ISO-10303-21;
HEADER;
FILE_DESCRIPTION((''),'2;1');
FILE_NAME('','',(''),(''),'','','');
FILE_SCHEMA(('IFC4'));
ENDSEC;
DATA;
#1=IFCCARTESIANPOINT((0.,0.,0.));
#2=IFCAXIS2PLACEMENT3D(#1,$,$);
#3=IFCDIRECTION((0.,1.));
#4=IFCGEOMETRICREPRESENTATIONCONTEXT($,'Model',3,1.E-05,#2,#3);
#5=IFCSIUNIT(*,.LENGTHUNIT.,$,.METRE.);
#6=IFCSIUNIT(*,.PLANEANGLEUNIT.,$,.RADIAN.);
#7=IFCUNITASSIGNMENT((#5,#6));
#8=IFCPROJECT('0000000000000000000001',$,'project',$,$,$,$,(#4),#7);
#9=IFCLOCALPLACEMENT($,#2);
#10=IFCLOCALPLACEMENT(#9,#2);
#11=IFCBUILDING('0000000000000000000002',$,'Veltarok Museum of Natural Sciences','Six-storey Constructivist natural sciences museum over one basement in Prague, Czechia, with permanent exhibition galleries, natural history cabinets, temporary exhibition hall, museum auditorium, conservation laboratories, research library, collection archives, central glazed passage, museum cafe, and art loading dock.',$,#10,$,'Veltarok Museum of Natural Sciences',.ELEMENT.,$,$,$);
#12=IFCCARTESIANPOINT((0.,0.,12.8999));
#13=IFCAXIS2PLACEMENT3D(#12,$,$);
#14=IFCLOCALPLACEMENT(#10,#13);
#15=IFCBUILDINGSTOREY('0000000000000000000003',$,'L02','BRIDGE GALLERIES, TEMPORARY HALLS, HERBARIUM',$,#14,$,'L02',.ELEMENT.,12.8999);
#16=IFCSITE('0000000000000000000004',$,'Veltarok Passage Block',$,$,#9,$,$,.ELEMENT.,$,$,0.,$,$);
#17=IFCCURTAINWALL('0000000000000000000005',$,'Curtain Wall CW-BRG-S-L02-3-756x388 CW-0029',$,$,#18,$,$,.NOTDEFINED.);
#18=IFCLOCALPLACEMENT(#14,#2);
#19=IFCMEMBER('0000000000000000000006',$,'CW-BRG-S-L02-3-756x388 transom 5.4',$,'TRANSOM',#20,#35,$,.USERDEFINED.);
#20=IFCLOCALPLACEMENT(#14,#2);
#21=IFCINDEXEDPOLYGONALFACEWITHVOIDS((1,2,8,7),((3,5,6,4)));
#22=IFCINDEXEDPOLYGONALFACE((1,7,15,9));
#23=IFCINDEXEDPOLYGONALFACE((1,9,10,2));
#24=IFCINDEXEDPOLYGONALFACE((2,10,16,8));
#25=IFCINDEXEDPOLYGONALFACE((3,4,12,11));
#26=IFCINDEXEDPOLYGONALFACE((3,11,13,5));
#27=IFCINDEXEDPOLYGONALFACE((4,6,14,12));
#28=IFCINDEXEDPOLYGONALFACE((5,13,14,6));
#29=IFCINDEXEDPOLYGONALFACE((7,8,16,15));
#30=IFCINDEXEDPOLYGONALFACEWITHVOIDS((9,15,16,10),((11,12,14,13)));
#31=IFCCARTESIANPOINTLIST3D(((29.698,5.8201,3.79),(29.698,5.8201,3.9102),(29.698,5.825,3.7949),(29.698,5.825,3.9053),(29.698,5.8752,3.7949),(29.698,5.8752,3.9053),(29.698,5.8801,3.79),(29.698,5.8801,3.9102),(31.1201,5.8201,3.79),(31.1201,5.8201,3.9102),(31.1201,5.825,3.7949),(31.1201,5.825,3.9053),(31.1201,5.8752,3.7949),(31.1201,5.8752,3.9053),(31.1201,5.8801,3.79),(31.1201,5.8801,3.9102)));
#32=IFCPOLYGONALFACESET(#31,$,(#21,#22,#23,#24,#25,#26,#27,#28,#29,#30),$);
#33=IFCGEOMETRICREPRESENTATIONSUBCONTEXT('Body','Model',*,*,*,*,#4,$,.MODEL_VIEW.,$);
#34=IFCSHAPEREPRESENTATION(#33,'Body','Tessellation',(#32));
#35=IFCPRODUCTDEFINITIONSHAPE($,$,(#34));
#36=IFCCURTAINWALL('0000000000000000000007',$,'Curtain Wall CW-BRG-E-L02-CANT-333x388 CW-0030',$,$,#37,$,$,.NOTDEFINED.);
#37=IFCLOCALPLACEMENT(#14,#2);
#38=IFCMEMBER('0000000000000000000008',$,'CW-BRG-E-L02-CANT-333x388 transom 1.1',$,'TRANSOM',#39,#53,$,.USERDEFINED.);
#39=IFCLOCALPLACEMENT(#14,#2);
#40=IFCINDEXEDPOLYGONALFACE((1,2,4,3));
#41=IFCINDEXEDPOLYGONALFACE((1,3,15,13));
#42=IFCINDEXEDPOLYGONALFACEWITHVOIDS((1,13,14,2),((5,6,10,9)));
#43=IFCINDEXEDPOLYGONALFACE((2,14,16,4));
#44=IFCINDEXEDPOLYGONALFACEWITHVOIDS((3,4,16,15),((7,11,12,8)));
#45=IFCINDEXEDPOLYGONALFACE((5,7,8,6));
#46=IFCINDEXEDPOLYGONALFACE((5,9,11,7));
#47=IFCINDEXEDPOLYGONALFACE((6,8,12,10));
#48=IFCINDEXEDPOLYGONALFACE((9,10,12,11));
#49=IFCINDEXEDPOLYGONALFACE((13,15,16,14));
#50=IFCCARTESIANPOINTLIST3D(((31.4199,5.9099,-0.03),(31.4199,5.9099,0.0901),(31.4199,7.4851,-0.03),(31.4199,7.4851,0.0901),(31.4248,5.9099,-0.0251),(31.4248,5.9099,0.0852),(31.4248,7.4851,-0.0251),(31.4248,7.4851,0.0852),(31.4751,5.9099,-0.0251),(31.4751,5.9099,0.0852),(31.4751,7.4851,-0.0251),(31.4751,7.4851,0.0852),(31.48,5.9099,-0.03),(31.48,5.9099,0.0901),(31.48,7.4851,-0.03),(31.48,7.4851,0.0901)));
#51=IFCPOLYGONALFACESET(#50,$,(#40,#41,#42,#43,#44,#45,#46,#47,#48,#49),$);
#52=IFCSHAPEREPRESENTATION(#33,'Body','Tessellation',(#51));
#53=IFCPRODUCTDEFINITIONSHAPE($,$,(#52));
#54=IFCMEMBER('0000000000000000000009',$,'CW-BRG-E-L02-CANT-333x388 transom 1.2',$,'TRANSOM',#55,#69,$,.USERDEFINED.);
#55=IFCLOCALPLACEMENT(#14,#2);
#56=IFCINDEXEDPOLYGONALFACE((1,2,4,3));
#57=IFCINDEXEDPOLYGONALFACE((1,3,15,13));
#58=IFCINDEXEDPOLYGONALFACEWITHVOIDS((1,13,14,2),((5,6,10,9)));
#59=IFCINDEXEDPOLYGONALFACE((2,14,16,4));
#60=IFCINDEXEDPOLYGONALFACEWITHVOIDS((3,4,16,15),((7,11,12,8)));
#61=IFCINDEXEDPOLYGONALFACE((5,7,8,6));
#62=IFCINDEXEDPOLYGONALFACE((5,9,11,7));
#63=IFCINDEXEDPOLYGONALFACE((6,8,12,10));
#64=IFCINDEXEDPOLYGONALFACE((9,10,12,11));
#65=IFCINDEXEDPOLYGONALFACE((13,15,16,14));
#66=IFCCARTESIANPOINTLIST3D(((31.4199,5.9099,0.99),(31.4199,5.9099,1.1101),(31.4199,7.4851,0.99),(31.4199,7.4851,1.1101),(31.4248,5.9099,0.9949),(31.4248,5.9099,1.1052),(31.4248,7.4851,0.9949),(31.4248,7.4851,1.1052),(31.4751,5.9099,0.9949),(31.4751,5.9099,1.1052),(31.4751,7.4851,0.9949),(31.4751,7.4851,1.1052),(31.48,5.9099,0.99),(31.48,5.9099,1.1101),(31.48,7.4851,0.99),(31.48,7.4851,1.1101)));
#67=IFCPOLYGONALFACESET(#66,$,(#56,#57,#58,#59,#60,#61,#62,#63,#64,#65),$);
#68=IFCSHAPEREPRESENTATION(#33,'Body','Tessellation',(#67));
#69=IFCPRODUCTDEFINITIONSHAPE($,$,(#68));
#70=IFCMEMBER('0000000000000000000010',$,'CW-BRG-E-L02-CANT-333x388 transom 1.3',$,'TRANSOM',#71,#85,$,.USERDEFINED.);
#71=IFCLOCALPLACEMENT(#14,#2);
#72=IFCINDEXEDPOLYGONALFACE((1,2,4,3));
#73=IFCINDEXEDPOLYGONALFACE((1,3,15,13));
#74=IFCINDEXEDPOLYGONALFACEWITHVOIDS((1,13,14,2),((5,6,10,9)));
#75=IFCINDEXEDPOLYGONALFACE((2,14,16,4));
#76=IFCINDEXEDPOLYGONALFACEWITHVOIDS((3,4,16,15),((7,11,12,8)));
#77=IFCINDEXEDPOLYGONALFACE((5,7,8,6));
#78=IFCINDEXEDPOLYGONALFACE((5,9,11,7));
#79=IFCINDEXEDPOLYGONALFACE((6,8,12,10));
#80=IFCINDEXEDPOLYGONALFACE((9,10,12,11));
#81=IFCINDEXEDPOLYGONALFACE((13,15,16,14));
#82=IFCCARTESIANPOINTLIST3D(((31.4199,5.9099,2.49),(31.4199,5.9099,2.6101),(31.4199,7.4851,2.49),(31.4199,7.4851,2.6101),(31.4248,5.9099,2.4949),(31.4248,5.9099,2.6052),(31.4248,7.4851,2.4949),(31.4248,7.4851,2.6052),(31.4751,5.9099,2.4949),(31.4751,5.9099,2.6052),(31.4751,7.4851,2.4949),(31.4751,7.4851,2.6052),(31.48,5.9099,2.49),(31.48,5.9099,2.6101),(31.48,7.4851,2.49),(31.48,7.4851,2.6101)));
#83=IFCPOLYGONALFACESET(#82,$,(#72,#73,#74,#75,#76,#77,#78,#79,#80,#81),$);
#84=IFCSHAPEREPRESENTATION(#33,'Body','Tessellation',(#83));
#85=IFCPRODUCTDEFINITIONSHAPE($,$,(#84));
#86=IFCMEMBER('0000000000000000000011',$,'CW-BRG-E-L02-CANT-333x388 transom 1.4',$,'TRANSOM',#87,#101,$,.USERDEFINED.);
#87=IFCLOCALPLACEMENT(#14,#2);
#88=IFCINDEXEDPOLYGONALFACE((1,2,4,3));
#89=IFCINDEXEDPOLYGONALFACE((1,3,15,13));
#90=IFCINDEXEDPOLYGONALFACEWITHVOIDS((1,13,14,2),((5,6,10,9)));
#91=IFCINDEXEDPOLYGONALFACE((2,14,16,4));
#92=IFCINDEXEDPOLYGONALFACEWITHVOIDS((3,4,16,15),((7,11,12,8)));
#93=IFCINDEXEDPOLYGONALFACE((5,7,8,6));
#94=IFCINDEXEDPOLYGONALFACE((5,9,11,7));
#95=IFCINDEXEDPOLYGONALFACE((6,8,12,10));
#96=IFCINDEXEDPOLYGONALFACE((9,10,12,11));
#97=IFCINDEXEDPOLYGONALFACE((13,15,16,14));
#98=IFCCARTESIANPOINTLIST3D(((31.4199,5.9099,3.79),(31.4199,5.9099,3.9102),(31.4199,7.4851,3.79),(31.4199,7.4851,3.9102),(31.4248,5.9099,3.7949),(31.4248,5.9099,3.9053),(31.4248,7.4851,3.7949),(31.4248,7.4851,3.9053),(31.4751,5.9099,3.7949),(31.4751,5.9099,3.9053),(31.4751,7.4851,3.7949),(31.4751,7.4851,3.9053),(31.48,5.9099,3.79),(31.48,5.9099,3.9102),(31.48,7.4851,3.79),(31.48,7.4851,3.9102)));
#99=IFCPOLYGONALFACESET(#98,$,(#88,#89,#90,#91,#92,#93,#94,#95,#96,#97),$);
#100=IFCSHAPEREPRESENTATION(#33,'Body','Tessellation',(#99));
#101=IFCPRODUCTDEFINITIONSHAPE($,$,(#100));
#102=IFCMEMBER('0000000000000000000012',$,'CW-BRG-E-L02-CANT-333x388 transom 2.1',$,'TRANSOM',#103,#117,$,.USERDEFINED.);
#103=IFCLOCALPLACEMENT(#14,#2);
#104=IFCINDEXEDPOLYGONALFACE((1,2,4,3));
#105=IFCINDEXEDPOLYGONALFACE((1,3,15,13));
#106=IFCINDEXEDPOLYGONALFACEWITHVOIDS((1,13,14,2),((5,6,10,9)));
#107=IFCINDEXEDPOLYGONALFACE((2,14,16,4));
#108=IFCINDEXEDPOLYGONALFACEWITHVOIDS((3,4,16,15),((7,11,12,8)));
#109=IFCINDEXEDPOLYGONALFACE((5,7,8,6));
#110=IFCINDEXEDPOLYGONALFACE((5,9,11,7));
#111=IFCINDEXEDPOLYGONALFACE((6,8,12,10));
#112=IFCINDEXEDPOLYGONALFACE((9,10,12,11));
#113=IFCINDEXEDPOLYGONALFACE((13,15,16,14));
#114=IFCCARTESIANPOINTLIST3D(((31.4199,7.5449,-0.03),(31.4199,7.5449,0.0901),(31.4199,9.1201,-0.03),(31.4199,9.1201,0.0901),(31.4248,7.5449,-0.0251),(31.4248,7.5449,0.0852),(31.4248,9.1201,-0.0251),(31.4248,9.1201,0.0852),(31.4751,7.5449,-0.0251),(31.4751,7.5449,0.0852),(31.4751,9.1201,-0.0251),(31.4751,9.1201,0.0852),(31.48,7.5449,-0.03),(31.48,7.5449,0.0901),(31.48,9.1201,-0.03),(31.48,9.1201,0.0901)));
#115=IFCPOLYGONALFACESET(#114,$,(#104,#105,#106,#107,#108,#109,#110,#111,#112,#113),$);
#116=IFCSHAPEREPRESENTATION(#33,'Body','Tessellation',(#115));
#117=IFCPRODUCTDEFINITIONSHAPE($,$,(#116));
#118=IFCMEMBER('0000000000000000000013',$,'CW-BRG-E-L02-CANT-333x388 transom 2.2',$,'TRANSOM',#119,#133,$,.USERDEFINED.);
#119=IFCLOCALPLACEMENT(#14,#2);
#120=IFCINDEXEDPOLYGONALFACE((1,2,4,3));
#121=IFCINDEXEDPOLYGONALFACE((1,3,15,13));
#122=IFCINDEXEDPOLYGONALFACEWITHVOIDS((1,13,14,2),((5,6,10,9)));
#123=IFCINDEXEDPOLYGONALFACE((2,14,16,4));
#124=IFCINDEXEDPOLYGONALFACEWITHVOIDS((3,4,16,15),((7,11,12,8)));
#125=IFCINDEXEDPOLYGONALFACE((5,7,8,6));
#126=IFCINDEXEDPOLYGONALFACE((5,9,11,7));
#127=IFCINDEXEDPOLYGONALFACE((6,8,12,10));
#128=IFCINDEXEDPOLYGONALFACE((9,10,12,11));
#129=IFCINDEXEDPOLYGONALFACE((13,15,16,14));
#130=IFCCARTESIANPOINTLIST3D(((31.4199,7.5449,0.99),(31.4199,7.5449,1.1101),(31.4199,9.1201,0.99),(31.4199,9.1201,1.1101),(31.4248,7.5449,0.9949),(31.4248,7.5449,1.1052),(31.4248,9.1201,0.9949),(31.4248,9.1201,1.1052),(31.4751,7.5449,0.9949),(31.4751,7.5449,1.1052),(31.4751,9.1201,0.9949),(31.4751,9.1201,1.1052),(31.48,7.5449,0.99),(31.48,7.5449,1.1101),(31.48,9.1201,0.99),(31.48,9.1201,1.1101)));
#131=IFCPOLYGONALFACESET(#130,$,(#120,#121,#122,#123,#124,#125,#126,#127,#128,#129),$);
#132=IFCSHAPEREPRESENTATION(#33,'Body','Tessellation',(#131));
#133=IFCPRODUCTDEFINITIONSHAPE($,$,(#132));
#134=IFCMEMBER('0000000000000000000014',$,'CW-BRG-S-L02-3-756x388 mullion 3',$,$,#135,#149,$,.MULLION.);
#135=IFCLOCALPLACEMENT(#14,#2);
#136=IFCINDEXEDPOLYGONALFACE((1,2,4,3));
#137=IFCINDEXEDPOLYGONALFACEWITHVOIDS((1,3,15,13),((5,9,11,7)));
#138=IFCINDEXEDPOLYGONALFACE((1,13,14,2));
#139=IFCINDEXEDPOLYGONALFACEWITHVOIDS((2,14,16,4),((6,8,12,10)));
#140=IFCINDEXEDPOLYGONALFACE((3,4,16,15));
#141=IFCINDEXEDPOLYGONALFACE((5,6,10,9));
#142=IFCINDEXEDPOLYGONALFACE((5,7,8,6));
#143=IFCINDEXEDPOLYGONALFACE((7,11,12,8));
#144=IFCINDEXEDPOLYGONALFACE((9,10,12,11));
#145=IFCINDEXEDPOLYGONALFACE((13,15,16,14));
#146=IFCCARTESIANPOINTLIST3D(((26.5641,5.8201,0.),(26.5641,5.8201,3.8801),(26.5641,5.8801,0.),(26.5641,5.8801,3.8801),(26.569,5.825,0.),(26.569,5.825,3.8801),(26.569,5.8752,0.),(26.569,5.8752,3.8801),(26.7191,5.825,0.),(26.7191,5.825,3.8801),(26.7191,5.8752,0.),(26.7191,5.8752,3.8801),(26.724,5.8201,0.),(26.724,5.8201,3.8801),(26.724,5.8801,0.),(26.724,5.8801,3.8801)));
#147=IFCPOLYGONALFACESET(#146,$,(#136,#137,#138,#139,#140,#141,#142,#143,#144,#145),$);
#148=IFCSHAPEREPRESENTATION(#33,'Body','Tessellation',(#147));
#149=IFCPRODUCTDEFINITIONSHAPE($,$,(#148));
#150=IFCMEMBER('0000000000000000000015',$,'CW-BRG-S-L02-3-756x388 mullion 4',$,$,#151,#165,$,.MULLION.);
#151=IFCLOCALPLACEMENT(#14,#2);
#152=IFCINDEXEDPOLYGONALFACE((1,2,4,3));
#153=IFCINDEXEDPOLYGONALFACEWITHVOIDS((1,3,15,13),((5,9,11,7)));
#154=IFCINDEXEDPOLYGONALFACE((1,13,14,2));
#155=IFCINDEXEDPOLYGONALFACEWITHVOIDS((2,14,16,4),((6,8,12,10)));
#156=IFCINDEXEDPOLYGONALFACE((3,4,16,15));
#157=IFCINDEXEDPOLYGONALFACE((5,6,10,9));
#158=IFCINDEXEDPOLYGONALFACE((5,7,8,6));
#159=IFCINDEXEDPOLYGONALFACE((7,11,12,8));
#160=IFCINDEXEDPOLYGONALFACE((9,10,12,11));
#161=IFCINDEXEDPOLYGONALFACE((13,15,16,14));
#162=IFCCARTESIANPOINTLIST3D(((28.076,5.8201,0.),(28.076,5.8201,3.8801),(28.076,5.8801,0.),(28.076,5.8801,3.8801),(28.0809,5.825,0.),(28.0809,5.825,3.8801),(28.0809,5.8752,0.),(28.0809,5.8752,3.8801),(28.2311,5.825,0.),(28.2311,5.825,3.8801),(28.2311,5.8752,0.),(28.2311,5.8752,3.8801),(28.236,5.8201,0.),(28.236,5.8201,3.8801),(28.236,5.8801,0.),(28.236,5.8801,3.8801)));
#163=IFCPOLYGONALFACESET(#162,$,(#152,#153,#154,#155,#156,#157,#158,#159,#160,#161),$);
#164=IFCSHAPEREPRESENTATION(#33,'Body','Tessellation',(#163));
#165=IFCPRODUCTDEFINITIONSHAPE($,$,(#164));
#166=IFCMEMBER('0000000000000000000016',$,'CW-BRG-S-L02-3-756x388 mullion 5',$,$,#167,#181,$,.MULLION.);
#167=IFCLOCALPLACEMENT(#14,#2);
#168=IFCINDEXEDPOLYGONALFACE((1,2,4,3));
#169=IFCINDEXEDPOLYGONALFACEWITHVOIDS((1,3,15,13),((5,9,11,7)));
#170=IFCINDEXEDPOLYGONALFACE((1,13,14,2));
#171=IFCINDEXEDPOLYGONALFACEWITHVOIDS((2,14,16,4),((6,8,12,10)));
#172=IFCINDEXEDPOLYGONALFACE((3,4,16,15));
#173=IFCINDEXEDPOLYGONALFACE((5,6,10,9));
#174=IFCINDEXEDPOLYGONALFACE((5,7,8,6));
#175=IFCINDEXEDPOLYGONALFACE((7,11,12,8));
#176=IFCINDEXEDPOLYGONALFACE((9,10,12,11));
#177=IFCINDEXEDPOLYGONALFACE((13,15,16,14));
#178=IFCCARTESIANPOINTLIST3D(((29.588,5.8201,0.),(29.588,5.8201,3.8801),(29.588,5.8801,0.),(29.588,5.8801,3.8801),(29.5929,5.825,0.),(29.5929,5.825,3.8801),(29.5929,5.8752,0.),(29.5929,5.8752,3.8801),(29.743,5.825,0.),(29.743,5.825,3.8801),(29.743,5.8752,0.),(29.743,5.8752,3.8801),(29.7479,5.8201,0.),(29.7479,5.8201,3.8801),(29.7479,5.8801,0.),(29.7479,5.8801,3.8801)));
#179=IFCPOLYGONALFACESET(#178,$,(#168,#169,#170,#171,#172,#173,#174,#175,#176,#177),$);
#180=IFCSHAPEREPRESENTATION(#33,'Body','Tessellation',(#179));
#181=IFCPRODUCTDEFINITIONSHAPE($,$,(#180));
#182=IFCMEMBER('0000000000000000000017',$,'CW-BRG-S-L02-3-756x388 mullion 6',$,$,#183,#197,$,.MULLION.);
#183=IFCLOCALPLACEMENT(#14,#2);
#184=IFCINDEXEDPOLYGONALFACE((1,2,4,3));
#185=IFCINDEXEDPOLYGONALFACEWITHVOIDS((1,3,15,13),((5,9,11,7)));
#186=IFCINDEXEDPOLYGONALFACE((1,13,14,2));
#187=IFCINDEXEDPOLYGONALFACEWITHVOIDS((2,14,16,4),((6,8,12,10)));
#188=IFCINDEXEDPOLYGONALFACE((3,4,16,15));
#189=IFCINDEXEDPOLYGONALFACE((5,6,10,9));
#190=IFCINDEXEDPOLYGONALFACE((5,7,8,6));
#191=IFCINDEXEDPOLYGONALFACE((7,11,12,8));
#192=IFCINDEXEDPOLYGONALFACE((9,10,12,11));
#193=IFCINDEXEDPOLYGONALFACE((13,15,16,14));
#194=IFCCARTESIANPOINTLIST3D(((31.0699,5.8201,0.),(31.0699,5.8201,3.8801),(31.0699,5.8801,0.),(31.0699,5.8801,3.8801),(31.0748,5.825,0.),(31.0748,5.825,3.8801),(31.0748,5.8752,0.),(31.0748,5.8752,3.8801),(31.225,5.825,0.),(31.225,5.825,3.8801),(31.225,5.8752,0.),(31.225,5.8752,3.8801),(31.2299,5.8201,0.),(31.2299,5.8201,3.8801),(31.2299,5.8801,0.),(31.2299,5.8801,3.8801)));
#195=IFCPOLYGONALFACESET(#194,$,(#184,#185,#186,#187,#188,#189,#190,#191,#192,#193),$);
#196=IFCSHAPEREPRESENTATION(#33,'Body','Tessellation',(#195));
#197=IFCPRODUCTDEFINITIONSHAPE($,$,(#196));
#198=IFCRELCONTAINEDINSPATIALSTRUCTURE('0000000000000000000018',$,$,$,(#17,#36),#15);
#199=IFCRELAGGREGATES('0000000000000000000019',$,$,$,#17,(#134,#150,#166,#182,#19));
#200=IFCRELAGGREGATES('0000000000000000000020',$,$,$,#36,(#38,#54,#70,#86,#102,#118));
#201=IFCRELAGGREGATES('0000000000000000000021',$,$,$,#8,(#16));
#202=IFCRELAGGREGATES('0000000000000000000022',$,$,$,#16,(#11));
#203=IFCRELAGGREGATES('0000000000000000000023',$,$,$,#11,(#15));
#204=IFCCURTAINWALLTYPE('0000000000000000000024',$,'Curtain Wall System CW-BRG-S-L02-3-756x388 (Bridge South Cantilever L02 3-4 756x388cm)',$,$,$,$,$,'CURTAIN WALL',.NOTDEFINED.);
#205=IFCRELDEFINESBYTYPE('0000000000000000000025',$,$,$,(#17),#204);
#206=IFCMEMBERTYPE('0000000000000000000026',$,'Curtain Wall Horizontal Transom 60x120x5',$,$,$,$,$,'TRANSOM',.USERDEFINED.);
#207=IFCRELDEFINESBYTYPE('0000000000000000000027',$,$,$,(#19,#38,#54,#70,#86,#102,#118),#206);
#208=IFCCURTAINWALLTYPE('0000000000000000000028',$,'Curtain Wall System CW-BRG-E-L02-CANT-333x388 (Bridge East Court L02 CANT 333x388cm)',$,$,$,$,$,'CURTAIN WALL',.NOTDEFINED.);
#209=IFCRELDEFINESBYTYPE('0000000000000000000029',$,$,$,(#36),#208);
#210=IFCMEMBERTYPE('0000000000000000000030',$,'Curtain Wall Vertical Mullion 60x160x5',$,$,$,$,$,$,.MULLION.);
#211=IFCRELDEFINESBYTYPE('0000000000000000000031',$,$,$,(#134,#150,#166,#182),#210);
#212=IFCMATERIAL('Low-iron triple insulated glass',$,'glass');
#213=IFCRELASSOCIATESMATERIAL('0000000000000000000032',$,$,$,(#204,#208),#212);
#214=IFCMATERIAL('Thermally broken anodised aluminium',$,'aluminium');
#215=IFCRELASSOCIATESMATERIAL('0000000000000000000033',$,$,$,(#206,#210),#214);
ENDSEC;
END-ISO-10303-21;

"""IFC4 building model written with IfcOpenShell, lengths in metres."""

from ifc_helpers import new_model, si_unit, direction, frame, origin, origin_2d, place, context, subcontext, project, spatial, hollow_rectangle, extrude, material, material_profile, profile_set, type_object, element, aggregate, save


model = new_model("IFC4")

# Units and contexts
model_context = context("Model", 3, precision=1e-05, world=origin(), true_north=direction((0.0, 1.0)))
body_context = subcontext(model_context, "Body", "Model", "MODEL_VIEW")
ifc_project = project(units=[si_unit("LENGTHUNIT", "METRE"), si_unit("PLANEANGLEUNIT", "RADIAN")], contexts=[model_context])

# Site, building, storey
site_placement = place(None, origin())
site = spatial("IfcSite", under=ifc_project, at=site_placement, Name="Veltarok Passage Block", CompositionType="ELEMENT", RefElevation=0.0)
building_placement = place(site_placement, origin())
building = spatial("IfcBuilding", under=site, at=building_placement, Name="Veltarok Museum of Natural Sciences", Description="Six-storey Constructivist natural sciences museum over one basement in Prague, Czechia, with permanent exhibition galleries, natural history cabinets, temporary exhibition hall, museum auditorium, conservation laboratories, research library, collection archives, central glazed passage, museum cafe, and art loading dock.", LongName="Veltarok Museum of Natural Sciences", CompositionType="ELEMENT")
storey_placement = place(building_placement, frame((0.0, 0.0, 12.8999)))
storey = spatial("IfcBuildingStorey", under=building, at=storey_placement, Name="L02", Description="BRIDGE GALLERIES, TEMPORARY HALLS, HERBARIUM", LongName="L02", CompositionType="ELEMENT", Elevation=12.8999)

# Curtain walls, members
ifc_material_1 = material(Name="Low-iron triple insulated glass", Category="glass")
curtain_wall_type_1 = type_object("IfcCurtainWallType", Name="Curtain Wall System CW-BRG-S-L02-3-756x388 (Bridge South Cantilever L02 3-4 756x388cm)", ElementType="CURTAIN WALL", PredefinedType="NOTDEFINED", material=ifc_material_1)
curtain_wall_1_placement = place(storey_placement, origin())
curtain_wall_1 = element("IfcCurtainWall", 1, at=curtain_wall_1_placement, inside=storey, type_object=curtain_wall_type_1, Name="Curtain Wall CW-BRG-S-L02-3-756x388 CW-0029", PredefinedType="NOTDEFINED")
ifc_material_2 = material(Name="Thermally broken anodised aluminium", Category="aluminium")
ifc_material_profile_1 = material_profile(ifc_material_2, hollow_rectangle(XDim=0.0601, YDim=0.1201, WallThickness=0.0049, at=origin_2d()), Name="CW TRANSOM 60x120x5")
ifc_profile_set_1 = profile_set([ifc_material_profile_1], Name="Thermally broken anodised aluminium")
member_type_1 = type_object("IfcMemberType", Name="Curtain Wall Horizontal Transom 60x120x5", ElementType="TRANSOM", PredefinedType="USERDEFINED", material=ifc_profile_set_1)
member_1_placement = place(storey_placement, frame((29.698, 5.8501, 3.8501), z_axis=(1.0, 0.0, 0.0), x_axis=(0.0, 1.0, 0.0)))
member_1 = element("IfcMember", 2, at=member_1_placement, type_object=member_type_1, Name="CW-BRG-S-L02-3-756x388 transom 5.4", ObjectType="TRANSOM", PredefinedType="USERDEFINED", context=body_context, shape_type="SweptSolid", body=[
    extrude(hollow_rectangle(XDim=0.0601, YDim=0.1201, WallThickness=0.0049, at=origin_2d()), origin(), (0.0, 0.0, 1.0), 1.4221),
])
curtain_wall_type_2 = type_object("IfcCurtainWallType", Name="Curtain Wall System CW-BRG-E-L02-CANT-333x388 (Bridge East Court L02 CANT 333x388cm)", ElementType="CURTAIN WALL", PredefinedType="NOTDEFINED", material=ifc_material_1)
curtain_wall_2_placement = place(storey_placement, origin())
curtain_wall_2 = element("IfcCurtainWall", 3, at=curtain_wall_2_placement, inside=storey, type_object=curtain_wall_type_2, Name="Curtain Wall CW-BRG-E-L02-CANT-333x388 CW-0030", PredefinedType="NOTDEFINED")
member_2_placement = place(storey_placement, frame((31.45, 5.9099, 0.03), z_axis=(0.0, 1.0, 0.0), x_axis=(-1.0, 0.0, 0.0)))
member_2 = element("IfcMember", 4, at=member_2_placement, type_object=member_type_1, Name="CW-BRG-E-L02-CANT-333x388 transom 1.1", ObjectType="TRANSOM", PredefinedType="USERDEFINED", context=body_context, shape_type="SweptSolid", body=[
    extrude(hollow_rectangle(XDim=0.0601, YDim=0.1201, WallThickness=0.0049, at=origin_2d()), origin(), (0.0, 0.0, 1.0), 1.5752),
])
member_3_placement = place(storey_placement, frame((31.45, 5.9099, 1.05), z_axis=(0.0, 1.0, 0.0), x_axis=(-1.0, 0.0, 0.0)))
member_3 = element("IfcMember", 5, at=member_3_placement, type_object=member_type_1, Name="CW-BRG-E-L02-CANT-333x388 transom 1.2", ObjectType="TRANSOM", PredefinedType="USERDEFINED", context=body_context, shape_type="SweptSolid", body=[
    extrude(hollow_rectangle(XDim=0.0601, YDim=0.1201, WallThickness=0.0049, at=origin_2d()), origin(), (0.0, 0.0, 1.0), 1.5752),
])
member_4_placement = place(storey_placement, frame((31.45, 5.9099, 2.55), z_axis=(0.0, 1.0, 0.0), x_axis=(-1.0, 0.0, 0.0)))
member_4 = element("IfcMember", 6, at=member_4_placement, type_object=member_type_1, Name="CW-BRG-E-L02-CANT-333x388 transom 1.3", ObjectType="TRANSOM", PredefinedType="USERDEFINED", context=body_context, shape_type="SweptSolid", body=[
    extrude(hollow_rectangle(XDim=0.0601, YDim=0.1201, WallThickness=0.0049, at=origin_2d()), origin(), (0.0, 0.0, 1.0), 1.5752),
])
member_5_placement = place(storey_placement, frame((31.45, 5.9099, 3.8501), z_axis=(0.0, 1.0, 0.0), x_axis=(-1.0, 0.0, 0.0)))
member_5 = element("IfcMember", 7, at=member_5_placement, type_object=member_type_1, Name="CW-BRG-E-L02-CANT-333x388 transom 1.4", ObjectType="TRANSOM", PredefinedType="USERDEFINED", context=body_context, shape_type="SweptSolid", body=[
    extrude(hollow_rectangle(XDim=0.0601, YDim=0.1201, WallThickness=0.0049, at=origin_2d()), origin(), (0.0, 0.0, 1.0), 1.5752),
])
member_6_placement = place(storey_placement, frame((31.45, 7.5449, 0.03), z_axis=(0.0, 1.0, 0.0), x_axis=(-1.0, 0.0, 0.0)))
member_6 = element("IfcMember", 8, at=member_6_placement, type_object=member_type_1, Name="CW-BRG-E-L02-CANT-333x388 transom 2.1", ObjectType="TRANSOM", PredefinedType="USERDEFINED", context=body_context, shape_type="SweptSolid", body=[
    extrude(hollow_rectangle(XDim=0.0601, YDim=0.1201, WallThickness=0.0049, at=origin_2d()), origin(), (0.0, 0.0, 1.0), 1.5752),
])
member_7_placement = place(storey_placement, frame((31.45, 7.5449, 1.05), z_axis=(0.0, 1.0, 0.0), x_axis=(-1.0, 0.0, 0.0)))
member_7 = element("IfcMember", 9, at=member_7_placement, type_object=member_type_1, Name="CW-BRG-E-L02-CANT-333x388 transom 2.2", ObjectType="TRANSOM", PredefinedType="USERDEFINED", context=body_context, shape_type="SweptSolid", body=[
    extrude(hollow_rectangle(XDim=0.0601, YDim=0.1201, WallThickness=0.0049, at=origin_2d()), origin(), (0.0, 0.0, 1.0), 1.5752),
])

# Members
ifc_material_profile_2 = material_profile(ifc_material_2, hollow_rectangle(XDim=0.0601, YDim=0.1599, WallThickness=0.0049, at=origin_2d()), Name="CW MULLION 60x160x5")
ifc_profile_set_2 = profile_set([ifc_material_profile_2], Name="Thermally broken anodised aluminium")
member_type_2 = type_object("IfcMemberType", Name="Curtain Wall Vertical Mullion 60x160x5", PredefinedType="MULLION", material=ifc_profile_set_2)
member_8_placement = place(storey_placement, frame((26.644, 5.8501, 0.0), z_axis=(0.0, 0.0, 1.0), x_axis=(0.0, 1.0, 0.0)))
member_8 = element("IfcMember", 10, at=member_8_placement, type_object=member_type_2, Name="CW-BRG-S-L02-3-756x388 mullion 3", PredefinedType="MULLION", context=body_context, shape_type="SweptSolid", body=[
    extrude(hollow_rectangle(XDim=0.0601, YDim=0.1599, WallThickness=0.0049, at=origin_2d()), origin(), (0.0, 0.0, 1.0), 3.8801),
])
member_9_placement = place(storey_placement, frame((28.156, 5.8501, 0.0), z_axis=(0.0, 0.0, 1.0), x_axis=(0.0, 1.0, 0.0)))
member_9 = element("IfcMember", 11, at=member_9_placement, type_object=member_type_2, Name="CW-BRG-S-L02-3-756x388 mullion 4", PredefinedType="MULLION", context=body_context, shape_type="SweptSolid", body=[
    extrude(hollow_rectangle(XDim=0.0601, YDim=0.1599, WallThickness=0.0049, at=origin_2d()), origin(), (0.0, 0.0, 1.0), 3.8801),
])
member_10_placement = place(storey_placement, frame((29.668, 5.8501, 0.0), z_axis=(0.0, 0.0, 1.0), x_axis=(0.0, 1.0, 0.0)))
member_10 = element("IfcMember", 12, at=member_10_placement, type_object=member_type_2, Name="CW-BRG-S-L02-3-756x388 mullion 5", PredefinedType="MULLION", context=body_context, shape_type="SweptSolid", body=[
    extrude(hollow_rectangle(XDim=0.0601, YDim=0.1599, WallThickness=0.0049, at=origin_2d()), origin(), (0.0, 0.0, 1.0), 3.8801),
])
member_11_placement = place(storey_placement, frame((31.1499, 5.8501, 0.0), z_axis=(0.0, 0.0, 1.0), x_axis=(0.0, 1.0, 0.0)))
member_11 = element("IfcMember", 13, at=member_11_placement, type_object=member_type_2, Name="CW-BRG-S-L02-3-756x388 mullion 6", PredefinedType="MULLION", context=body_context, shape_type="SweptSolid", body=[
    extrude(hollow_rectangle(XDim=0.0601, YDim=0.1599, WallThickness=0.0049, at=origin_2d()), origin(), (0.0, 0.0, 1.0), 3.8801),
])

aggregate(curtain_wall_1, [member_8, member_9, member_10, member_11, member_1])
aggregate(curtain_wall_2, [member_2, member_3, member_4, member_5, member_6, member_7])

save(model, "model.ifc")
